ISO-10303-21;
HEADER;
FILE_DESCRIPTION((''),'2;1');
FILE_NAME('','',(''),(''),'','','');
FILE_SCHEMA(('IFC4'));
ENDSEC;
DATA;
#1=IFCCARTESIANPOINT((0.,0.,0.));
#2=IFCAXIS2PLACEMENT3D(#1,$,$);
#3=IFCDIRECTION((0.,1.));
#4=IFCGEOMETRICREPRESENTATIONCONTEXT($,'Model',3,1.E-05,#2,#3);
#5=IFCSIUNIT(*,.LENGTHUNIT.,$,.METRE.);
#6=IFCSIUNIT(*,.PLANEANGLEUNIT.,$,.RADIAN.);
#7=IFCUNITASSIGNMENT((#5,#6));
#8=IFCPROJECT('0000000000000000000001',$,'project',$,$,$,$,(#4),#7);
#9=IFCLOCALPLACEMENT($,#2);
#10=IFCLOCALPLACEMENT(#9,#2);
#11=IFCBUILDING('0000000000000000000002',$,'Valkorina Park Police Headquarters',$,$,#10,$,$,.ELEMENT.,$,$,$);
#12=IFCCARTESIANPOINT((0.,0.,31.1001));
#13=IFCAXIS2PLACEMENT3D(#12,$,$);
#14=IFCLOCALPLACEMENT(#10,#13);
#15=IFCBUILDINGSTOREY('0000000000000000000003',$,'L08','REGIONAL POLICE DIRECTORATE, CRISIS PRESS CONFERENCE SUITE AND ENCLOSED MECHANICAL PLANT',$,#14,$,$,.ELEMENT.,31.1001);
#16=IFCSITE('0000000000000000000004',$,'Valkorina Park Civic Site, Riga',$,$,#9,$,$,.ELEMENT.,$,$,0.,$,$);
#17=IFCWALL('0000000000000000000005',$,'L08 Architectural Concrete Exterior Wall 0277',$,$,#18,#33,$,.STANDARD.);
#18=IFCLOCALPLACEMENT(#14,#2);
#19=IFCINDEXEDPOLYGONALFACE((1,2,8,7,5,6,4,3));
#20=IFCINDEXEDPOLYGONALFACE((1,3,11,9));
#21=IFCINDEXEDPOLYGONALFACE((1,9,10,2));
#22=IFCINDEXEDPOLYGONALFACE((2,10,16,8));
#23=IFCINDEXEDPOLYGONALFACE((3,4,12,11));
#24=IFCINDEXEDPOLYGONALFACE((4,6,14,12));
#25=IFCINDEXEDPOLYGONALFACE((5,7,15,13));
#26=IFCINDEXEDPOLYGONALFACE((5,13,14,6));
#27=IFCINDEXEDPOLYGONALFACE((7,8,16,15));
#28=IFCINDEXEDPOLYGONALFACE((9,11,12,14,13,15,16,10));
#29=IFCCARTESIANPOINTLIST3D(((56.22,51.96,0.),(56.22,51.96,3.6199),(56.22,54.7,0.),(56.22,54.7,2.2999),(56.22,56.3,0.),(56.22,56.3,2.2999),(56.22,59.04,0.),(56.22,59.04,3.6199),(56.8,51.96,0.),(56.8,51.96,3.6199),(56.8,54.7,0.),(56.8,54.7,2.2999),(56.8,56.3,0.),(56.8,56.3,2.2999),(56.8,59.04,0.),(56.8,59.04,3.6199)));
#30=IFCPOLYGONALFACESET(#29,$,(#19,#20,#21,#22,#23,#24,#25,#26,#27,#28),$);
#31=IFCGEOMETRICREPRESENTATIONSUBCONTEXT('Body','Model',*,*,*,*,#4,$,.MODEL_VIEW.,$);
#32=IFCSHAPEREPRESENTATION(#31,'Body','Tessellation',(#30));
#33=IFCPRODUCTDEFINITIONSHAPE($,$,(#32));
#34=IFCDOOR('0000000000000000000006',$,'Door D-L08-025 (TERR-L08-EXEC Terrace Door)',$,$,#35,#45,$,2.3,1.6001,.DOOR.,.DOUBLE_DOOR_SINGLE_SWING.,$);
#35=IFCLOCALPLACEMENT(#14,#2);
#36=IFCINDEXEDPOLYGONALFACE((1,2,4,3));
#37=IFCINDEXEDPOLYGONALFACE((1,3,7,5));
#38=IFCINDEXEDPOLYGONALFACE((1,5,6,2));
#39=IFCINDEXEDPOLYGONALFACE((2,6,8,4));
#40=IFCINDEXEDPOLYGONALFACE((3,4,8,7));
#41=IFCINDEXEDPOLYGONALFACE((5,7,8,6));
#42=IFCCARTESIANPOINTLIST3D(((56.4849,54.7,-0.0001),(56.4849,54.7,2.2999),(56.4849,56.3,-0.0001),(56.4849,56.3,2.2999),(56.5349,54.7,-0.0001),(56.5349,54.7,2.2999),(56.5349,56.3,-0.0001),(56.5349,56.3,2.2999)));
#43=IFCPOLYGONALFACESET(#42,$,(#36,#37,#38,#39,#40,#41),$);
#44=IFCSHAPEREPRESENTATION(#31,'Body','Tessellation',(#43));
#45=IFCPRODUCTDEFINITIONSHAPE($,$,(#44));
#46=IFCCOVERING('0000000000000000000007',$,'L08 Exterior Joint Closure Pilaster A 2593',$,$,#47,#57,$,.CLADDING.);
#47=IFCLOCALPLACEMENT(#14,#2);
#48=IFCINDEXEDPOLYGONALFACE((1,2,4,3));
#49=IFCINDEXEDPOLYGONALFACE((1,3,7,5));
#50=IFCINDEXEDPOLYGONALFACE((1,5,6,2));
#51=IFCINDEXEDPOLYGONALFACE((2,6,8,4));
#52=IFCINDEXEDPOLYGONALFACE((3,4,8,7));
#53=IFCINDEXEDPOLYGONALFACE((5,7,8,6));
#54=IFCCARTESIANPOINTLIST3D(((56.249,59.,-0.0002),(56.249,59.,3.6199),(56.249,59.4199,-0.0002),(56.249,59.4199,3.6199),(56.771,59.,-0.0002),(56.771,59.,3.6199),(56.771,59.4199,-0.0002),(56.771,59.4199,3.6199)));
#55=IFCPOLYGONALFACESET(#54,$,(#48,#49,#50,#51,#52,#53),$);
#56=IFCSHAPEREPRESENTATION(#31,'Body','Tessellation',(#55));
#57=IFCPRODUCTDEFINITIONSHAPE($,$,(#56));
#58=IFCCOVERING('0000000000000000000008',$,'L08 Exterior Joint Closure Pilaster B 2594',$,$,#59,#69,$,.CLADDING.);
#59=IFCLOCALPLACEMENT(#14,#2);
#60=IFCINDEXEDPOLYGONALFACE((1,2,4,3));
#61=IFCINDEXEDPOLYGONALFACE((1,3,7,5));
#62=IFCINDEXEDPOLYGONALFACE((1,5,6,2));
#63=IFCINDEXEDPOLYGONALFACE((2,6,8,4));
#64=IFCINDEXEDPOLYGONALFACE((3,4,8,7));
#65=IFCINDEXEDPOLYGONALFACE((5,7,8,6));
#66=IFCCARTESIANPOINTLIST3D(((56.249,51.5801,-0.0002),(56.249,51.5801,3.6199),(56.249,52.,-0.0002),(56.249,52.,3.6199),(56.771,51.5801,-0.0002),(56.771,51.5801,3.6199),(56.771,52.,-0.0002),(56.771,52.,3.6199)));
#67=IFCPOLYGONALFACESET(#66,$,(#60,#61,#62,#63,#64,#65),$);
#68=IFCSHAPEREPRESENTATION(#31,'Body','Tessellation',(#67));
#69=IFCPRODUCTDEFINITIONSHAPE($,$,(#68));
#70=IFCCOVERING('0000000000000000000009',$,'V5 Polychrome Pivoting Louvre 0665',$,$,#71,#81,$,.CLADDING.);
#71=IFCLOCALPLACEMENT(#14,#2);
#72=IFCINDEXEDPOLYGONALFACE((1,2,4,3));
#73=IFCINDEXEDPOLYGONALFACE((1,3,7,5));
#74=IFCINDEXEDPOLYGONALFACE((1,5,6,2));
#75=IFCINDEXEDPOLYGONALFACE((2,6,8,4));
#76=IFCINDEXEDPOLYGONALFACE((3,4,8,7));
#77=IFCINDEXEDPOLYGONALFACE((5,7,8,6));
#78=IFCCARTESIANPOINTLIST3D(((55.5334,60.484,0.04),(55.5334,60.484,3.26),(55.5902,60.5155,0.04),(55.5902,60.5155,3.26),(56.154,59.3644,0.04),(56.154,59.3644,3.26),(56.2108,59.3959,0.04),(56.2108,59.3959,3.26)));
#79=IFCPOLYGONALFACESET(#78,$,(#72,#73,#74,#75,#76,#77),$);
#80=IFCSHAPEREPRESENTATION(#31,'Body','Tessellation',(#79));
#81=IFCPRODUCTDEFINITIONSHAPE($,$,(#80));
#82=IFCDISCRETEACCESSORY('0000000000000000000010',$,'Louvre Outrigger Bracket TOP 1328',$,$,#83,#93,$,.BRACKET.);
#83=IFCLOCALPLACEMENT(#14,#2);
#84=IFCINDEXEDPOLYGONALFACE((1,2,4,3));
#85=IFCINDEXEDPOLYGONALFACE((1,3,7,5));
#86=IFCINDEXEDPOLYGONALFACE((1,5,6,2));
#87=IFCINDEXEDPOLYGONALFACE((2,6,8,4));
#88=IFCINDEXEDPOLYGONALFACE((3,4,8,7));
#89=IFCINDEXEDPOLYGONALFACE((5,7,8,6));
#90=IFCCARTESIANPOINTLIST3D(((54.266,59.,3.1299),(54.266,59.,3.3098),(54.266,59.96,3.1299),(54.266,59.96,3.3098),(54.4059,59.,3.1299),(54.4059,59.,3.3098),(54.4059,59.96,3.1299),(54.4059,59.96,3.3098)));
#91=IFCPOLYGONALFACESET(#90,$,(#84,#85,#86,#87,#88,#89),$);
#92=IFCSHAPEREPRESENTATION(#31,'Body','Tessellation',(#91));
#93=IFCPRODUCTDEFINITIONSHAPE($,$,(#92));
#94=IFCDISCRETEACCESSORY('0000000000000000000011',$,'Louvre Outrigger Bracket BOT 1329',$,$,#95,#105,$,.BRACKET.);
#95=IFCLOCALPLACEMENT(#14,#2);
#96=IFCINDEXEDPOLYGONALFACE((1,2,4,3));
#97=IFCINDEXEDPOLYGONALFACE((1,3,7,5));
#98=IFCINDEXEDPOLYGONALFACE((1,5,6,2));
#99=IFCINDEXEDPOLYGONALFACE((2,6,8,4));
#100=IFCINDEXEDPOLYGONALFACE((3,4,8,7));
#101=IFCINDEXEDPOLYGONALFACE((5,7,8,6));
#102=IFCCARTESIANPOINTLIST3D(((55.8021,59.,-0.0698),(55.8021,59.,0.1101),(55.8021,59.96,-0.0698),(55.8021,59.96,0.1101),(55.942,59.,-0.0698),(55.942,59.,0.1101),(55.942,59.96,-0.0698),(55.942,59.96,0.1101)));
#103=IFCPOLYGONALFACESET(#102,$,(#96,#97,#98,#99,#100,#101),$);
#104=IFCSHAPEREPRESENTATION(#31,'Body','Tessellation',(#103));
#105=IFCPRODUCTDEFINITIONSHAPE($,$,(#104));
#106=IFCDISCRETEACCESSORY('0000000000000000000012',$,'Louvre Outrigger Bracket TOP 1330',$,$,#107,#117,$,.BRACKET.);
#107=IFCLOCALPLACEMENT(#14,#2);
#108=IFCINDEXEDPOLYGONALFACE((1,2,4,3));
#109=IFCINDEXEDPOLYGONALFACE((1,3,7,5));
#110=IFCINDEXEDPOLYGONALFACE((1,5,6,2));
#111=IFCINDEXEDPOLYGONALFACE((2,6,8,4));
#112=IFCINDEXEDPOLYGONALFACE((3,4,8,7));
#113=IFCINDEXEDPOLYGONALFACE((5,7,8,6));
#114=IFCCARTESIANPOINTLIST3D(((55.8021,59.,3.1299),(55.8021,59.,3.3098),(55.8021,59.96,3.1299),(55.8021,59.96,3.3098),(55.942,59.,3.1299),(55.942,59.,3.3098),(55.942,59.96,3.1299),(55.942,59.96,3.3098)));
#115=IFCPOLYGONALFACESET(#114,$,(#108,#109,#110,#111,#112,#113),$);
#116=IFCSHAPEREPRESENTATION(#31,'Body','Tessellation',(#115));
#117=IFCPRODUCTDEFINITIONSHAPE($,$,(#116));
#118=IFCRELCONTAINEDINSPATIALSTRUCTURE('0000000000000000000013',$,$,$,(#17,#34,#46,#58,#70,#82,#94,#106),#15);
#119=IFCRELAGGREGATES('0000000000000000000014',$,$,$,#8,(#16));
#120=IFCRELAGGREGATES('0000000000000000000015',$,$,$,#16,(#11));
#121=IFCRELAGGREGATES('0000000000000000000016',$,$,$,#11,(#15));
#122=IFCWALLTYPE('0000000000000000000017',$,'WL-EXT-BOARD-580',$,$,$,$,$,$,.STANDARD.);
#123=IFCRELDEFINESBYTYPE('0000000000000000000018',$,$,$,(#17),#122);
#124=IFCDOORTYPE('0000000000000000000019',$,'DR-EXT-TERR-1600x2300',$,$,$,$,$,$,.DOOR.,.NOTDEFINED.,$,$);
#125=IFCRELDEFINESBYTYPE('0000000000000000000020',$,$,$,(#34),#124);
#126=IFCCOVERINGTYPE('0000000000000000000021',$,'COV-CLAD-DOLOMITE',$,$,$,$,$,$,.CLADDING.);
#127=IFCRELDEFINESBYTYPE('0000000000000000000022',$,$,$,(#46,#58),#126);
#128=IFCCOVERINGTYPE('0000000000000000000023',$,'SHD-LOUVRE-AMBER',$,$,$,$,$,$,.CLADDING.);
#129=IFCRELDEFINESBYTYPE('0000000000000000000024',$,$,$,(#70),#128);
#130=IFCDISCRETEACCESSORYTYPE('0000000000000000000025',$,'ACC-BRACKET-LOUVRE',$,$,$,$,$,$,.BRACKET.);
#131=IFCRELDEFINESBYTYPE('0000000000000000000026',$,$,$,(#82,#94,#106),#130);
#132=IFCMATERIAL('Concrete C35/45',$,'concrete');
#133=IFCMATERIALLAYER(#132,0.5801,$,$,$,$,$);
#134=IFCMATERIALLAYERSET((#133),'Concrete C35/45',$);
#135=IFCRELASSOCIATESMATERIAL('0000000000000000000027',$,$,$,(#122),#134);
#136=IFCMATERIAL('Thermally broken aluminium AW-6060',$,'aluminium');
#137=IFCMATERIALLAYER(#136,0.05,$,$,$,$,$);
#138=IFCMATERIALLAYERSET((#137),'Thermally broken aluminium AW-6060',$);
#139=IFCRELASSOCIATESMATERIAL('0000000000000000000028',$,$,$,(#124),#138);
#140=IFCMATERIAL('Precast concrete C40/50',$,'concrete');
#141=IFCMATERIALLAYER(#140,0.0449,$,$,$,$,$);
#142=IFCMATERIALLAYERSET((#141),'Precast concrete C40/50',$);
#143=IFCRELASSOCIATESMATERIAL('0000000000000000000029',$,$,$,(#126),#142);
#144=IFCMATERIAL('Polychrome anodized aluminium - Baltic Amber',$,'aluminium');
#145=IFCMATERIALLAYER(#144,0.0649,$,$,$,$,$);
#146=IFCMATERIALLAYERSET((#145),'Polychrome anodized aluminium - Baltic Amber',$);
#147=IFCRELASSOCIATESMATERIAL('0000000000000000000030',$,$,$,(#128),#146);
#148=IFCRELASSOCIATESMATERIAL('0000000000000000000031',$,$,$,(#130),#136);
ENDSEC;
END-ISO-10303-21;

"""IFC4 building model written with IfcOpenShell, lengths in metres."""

from ifc_helpers import new_model, si_unit, direction, frame, frame_2d, origin, origin_2d, place, context, subcontext, project, spatial, rectangle, extrude, material, layer, layer_set, type_object, element, fill, save


model = new_model("IFC4")

# Units and contexts
model_context = context("Model", 3, precision=1e-05, world=origin(), true_north=direction((0.0, 1.0)))
body_context = subcontext(model_context, "Body", "Model", "MODEL_VIEW")
ifc_project = project(units=[si_unit("LENGTHUNIT", "METRE"), si_unit("PLANEANGLEUNIT", "RADIAN")], contexts=[model_context])

# Site, building, storey
site_placement = place(None, origin())
site = spatial("IfcSite", under=ifc_project, at=site_placement, Name="Valkorina Park Civic Site, Riga", CompositionType="ELEMENT", RefElevation=0.0)
building_placement = place(site_placement, origin())
building = spatial("IfcBuilding", under=site, at=building_placement, Name="Valkorina Park Police Headquarters", CompositionType="ELEMENT")
storey_placement = place(building_placement, frame((0.0, 0.0, 31.1001)))
storey = spatial("IfcBuildingStorey", under=building, at=storey_placement, Name="L08", Description="REGIONAL POLICE DIRECTORATE, CRISIS PRESS CONFERENCE SUITE AND ENCLOSED MECHANICAL PLANT", CompositionType="ELEMENT", Elevation=31.1001)

# Shared definitions
ifc_material_1 = material(Name="Thermally broken aluminium AW-6060", Category="aluminium")

# Wall, opening, door
ifc_material_2 = material(Name="Concrete C35/45", Category="concrete")
ifc_layer_1 = layer(ifc_material_2, 0.5801)
ifc_layer_set_1 = layer_set([ifc_layer_1], Name="Concrete C35/45")
wall_type = type_object("IfcWallType", Name="WL-EXT-BOARD-580", PredefinedType="STANDARD", material=ifc_layer_set_1)
wall_placement = place(storey_placement, frame((56.51, 59.04, 0.0), z_axis=(0.0, 0.0, 1.0), x_axis=(0.0, -1.0, 0.0)))
wall = element("IfcWall", 1, at=wall_placement, inside=storey, type_object=wall_type, Name="L08 Architectural Concrete Exterior Wall 0277", PredefinedType="STANDARD", context=body_context, shape_type="SweptSolid", body=[
    extrude(rectangle(XDim=7.0801, YDim=0.5801, at=frame_2d((3.54, 0.0))), origin(), (0.0, 0.0, 1.0), 3.6199),
])
opening_placement = place(wall_placement, frame((2.74, 0.0, 0.0)))
opening = element("IfcOpeningElement", 2, at=opening_placement, cuts=wall, PredefinedType="OPENING", context=body_context, shape_type="SweptSolid", body=[
    extrude(rectangle(XDim=1.6001, YDim=2.3, at=frame_2d((0.8, 1.1499))), frame((0.0, 0.3, 0.0), z_axis=(0.0, -1.0, 0.0), x_axis=(1.0, 0.0, 0.0)), (0.0, 0.0, 1.0), 0.6001),
])
ifc_layer_2 = layer(ifc_material_1, 0.05)
ifc_layer_set_2 = layer_set([ifc_layer_2], Name="Thermally broken aluminium AW-6060")
door_type = type_object("IfcDoorType", Name="DR-EXT-TERR-1600x2300", OperationType="NOTDEFINED", PredefinedType="DOOR", material=ifc_layer_set_2)
door_placement = place(opening_placement, origin())
door = element("IfcDoor", 3, at=door_placement, inside=storey, type_object=door_type, Name="Door D-L08-025 (TERR-L08-EXEC Terrace Door)", OperationType="DOUBLE_DOOR_SINGLE_SWING", OverallHeight=2.3, OverallWidth=1.6001, PredefinedType="DOOR", context=body_context, shape_type="SweptSolid", body=[
    extrude(rectangle(XDim=1.6001, YDim=2.3, at=frame_2d((0.8, 1.1499))), frame((0.0, 0.0249, 0.0), z_axis=(0.0, -1.0, 0.0), x_axis=(1.0, 0.0, 0.0)), (0.0, 0.0, 1.0), 0.05),
])
fill(opening, door)

# Coverings
ifc_material_3 = material(Name="Precast concrete C40/50", Category="concrete")
ifc_layer_3 = layer(ifc_material_3, 0.0449)
ifc_layer_set_3 = layer_set([ifc_layer_3], Name="Precast concrete C40/50")
covering_type_1 = type_object("IfcCoveringType", Name="COV-CLAD-DOLOMITE", PredefinedType="CLADDING", material=ifc_layer_set_3)
for number, where, z_axis, x_axis, name in (
    (4, (56.51, 59.21, -0.0002), (0.0, 0.0, 1.0), (0.0, 1.0, 0.0), "L08 Exterior Joint Closure Pilaster A 2593"),
    (5, (56.51, 51.79, -0.0002), (0.0, 0.0, 1.0), (0.0, 1.0, 0.0), "L08 Exterior Joint Closure Pilaster B 2594"),
):
    element("IfcCovering", number, at=place(storey_placement, frame(where, z_axis=z_axis, x_axis=x_axis)), inside=storey, type_object=covering_type_1, Name=name, PredefinedType="CLADDING", context=body_context, shape_type="SweptSolid", body=[
        extrude(rectangle(XDim=0.4199, YDim=0.522, at=origin_2d()), origin(), (0.0, 0.0, 1.0), 3.6201),
    ])
ifc_material_4 = material(Name="Polychrome anodized aluminium - Baltic Amber", Category="aluminium")
ifc_layer_4 = layer(ifc_material_4, 0.0649)
ifc_layer_set_4 = layer_set([ifc_layer_4], Name="Polychrome anodized aluminium - Baltic Amber")
covering_type_2 = type_object("IfcCoveringType", Name="SHD-LOUVRE-AMBER", PredefinedType="CLADDING", material=ifc_layer_set_4)
covering_placement = place(storey_placement, frame((55.8721, 59.9399, 0.04), z_axis=(0.0, 0.0, 1.0), x_axis=(-0.48481, 0.87462, 0.0)))
element("IfcCovering", 6, at=covering_placement, inside=storey, type_object=covering_type_2, Name="V5 Polychrome Pivoting Louvre 0665", PredefinedType="CLADDING", context=body_context, shape_type="SweptSolid", body=[
    extrude(rectangle(XDim=1.28, YDim=0.0649, at=origin_2d()), origin(), (0.0, 0.0, 1.0), 3.22),
])

# Discrete accessories
discrete_accessory_type = type_object("IfcDiscreteAccessoryType", Name="ACC-BRACKET-LOUVRE", PredefinedType="BRACKET", material=ifc_material_1)
for number, where, z_axis, x_axis, name in (
    (7, (54.3359, 59.48, 3.1299), (0.0, 0.0, 1.0), (0.0, 1.0, 0.0), "Louvre Outrigger Bracket TOP 1328"),
    (8, (55.8721, 59.48, -0.0698), (0.0, 0.0, 1.0), (0.0, 1.0, 0.0), "Louvre Outrigger Bracket BOT 1329"),
    (9, (55.8721, 59.48, 3.1299), (0.0, 0.0, 1.0), (0.0, 1.0, 0.0), "Louvre Outrigger Bracket TOP 1330"),
):
    element("IfcDiscreteAccessory", number, at=place(storey_placement, frame(where, z_axis=z_axis, x_axis=x_axis)), inside=storey, type_object=discrete_accessory_type, Name=name, PredefinedType="BRACKET", context=body_context, shape_type="SweptSolid", body=[
        extrude(rectangle(XDim=0.96, YDim=0.1399, at=origin_2d()), origin(), (0.0, 0.0, 1.0), 0.1799),
    ])

save(model, "model.ifc")
